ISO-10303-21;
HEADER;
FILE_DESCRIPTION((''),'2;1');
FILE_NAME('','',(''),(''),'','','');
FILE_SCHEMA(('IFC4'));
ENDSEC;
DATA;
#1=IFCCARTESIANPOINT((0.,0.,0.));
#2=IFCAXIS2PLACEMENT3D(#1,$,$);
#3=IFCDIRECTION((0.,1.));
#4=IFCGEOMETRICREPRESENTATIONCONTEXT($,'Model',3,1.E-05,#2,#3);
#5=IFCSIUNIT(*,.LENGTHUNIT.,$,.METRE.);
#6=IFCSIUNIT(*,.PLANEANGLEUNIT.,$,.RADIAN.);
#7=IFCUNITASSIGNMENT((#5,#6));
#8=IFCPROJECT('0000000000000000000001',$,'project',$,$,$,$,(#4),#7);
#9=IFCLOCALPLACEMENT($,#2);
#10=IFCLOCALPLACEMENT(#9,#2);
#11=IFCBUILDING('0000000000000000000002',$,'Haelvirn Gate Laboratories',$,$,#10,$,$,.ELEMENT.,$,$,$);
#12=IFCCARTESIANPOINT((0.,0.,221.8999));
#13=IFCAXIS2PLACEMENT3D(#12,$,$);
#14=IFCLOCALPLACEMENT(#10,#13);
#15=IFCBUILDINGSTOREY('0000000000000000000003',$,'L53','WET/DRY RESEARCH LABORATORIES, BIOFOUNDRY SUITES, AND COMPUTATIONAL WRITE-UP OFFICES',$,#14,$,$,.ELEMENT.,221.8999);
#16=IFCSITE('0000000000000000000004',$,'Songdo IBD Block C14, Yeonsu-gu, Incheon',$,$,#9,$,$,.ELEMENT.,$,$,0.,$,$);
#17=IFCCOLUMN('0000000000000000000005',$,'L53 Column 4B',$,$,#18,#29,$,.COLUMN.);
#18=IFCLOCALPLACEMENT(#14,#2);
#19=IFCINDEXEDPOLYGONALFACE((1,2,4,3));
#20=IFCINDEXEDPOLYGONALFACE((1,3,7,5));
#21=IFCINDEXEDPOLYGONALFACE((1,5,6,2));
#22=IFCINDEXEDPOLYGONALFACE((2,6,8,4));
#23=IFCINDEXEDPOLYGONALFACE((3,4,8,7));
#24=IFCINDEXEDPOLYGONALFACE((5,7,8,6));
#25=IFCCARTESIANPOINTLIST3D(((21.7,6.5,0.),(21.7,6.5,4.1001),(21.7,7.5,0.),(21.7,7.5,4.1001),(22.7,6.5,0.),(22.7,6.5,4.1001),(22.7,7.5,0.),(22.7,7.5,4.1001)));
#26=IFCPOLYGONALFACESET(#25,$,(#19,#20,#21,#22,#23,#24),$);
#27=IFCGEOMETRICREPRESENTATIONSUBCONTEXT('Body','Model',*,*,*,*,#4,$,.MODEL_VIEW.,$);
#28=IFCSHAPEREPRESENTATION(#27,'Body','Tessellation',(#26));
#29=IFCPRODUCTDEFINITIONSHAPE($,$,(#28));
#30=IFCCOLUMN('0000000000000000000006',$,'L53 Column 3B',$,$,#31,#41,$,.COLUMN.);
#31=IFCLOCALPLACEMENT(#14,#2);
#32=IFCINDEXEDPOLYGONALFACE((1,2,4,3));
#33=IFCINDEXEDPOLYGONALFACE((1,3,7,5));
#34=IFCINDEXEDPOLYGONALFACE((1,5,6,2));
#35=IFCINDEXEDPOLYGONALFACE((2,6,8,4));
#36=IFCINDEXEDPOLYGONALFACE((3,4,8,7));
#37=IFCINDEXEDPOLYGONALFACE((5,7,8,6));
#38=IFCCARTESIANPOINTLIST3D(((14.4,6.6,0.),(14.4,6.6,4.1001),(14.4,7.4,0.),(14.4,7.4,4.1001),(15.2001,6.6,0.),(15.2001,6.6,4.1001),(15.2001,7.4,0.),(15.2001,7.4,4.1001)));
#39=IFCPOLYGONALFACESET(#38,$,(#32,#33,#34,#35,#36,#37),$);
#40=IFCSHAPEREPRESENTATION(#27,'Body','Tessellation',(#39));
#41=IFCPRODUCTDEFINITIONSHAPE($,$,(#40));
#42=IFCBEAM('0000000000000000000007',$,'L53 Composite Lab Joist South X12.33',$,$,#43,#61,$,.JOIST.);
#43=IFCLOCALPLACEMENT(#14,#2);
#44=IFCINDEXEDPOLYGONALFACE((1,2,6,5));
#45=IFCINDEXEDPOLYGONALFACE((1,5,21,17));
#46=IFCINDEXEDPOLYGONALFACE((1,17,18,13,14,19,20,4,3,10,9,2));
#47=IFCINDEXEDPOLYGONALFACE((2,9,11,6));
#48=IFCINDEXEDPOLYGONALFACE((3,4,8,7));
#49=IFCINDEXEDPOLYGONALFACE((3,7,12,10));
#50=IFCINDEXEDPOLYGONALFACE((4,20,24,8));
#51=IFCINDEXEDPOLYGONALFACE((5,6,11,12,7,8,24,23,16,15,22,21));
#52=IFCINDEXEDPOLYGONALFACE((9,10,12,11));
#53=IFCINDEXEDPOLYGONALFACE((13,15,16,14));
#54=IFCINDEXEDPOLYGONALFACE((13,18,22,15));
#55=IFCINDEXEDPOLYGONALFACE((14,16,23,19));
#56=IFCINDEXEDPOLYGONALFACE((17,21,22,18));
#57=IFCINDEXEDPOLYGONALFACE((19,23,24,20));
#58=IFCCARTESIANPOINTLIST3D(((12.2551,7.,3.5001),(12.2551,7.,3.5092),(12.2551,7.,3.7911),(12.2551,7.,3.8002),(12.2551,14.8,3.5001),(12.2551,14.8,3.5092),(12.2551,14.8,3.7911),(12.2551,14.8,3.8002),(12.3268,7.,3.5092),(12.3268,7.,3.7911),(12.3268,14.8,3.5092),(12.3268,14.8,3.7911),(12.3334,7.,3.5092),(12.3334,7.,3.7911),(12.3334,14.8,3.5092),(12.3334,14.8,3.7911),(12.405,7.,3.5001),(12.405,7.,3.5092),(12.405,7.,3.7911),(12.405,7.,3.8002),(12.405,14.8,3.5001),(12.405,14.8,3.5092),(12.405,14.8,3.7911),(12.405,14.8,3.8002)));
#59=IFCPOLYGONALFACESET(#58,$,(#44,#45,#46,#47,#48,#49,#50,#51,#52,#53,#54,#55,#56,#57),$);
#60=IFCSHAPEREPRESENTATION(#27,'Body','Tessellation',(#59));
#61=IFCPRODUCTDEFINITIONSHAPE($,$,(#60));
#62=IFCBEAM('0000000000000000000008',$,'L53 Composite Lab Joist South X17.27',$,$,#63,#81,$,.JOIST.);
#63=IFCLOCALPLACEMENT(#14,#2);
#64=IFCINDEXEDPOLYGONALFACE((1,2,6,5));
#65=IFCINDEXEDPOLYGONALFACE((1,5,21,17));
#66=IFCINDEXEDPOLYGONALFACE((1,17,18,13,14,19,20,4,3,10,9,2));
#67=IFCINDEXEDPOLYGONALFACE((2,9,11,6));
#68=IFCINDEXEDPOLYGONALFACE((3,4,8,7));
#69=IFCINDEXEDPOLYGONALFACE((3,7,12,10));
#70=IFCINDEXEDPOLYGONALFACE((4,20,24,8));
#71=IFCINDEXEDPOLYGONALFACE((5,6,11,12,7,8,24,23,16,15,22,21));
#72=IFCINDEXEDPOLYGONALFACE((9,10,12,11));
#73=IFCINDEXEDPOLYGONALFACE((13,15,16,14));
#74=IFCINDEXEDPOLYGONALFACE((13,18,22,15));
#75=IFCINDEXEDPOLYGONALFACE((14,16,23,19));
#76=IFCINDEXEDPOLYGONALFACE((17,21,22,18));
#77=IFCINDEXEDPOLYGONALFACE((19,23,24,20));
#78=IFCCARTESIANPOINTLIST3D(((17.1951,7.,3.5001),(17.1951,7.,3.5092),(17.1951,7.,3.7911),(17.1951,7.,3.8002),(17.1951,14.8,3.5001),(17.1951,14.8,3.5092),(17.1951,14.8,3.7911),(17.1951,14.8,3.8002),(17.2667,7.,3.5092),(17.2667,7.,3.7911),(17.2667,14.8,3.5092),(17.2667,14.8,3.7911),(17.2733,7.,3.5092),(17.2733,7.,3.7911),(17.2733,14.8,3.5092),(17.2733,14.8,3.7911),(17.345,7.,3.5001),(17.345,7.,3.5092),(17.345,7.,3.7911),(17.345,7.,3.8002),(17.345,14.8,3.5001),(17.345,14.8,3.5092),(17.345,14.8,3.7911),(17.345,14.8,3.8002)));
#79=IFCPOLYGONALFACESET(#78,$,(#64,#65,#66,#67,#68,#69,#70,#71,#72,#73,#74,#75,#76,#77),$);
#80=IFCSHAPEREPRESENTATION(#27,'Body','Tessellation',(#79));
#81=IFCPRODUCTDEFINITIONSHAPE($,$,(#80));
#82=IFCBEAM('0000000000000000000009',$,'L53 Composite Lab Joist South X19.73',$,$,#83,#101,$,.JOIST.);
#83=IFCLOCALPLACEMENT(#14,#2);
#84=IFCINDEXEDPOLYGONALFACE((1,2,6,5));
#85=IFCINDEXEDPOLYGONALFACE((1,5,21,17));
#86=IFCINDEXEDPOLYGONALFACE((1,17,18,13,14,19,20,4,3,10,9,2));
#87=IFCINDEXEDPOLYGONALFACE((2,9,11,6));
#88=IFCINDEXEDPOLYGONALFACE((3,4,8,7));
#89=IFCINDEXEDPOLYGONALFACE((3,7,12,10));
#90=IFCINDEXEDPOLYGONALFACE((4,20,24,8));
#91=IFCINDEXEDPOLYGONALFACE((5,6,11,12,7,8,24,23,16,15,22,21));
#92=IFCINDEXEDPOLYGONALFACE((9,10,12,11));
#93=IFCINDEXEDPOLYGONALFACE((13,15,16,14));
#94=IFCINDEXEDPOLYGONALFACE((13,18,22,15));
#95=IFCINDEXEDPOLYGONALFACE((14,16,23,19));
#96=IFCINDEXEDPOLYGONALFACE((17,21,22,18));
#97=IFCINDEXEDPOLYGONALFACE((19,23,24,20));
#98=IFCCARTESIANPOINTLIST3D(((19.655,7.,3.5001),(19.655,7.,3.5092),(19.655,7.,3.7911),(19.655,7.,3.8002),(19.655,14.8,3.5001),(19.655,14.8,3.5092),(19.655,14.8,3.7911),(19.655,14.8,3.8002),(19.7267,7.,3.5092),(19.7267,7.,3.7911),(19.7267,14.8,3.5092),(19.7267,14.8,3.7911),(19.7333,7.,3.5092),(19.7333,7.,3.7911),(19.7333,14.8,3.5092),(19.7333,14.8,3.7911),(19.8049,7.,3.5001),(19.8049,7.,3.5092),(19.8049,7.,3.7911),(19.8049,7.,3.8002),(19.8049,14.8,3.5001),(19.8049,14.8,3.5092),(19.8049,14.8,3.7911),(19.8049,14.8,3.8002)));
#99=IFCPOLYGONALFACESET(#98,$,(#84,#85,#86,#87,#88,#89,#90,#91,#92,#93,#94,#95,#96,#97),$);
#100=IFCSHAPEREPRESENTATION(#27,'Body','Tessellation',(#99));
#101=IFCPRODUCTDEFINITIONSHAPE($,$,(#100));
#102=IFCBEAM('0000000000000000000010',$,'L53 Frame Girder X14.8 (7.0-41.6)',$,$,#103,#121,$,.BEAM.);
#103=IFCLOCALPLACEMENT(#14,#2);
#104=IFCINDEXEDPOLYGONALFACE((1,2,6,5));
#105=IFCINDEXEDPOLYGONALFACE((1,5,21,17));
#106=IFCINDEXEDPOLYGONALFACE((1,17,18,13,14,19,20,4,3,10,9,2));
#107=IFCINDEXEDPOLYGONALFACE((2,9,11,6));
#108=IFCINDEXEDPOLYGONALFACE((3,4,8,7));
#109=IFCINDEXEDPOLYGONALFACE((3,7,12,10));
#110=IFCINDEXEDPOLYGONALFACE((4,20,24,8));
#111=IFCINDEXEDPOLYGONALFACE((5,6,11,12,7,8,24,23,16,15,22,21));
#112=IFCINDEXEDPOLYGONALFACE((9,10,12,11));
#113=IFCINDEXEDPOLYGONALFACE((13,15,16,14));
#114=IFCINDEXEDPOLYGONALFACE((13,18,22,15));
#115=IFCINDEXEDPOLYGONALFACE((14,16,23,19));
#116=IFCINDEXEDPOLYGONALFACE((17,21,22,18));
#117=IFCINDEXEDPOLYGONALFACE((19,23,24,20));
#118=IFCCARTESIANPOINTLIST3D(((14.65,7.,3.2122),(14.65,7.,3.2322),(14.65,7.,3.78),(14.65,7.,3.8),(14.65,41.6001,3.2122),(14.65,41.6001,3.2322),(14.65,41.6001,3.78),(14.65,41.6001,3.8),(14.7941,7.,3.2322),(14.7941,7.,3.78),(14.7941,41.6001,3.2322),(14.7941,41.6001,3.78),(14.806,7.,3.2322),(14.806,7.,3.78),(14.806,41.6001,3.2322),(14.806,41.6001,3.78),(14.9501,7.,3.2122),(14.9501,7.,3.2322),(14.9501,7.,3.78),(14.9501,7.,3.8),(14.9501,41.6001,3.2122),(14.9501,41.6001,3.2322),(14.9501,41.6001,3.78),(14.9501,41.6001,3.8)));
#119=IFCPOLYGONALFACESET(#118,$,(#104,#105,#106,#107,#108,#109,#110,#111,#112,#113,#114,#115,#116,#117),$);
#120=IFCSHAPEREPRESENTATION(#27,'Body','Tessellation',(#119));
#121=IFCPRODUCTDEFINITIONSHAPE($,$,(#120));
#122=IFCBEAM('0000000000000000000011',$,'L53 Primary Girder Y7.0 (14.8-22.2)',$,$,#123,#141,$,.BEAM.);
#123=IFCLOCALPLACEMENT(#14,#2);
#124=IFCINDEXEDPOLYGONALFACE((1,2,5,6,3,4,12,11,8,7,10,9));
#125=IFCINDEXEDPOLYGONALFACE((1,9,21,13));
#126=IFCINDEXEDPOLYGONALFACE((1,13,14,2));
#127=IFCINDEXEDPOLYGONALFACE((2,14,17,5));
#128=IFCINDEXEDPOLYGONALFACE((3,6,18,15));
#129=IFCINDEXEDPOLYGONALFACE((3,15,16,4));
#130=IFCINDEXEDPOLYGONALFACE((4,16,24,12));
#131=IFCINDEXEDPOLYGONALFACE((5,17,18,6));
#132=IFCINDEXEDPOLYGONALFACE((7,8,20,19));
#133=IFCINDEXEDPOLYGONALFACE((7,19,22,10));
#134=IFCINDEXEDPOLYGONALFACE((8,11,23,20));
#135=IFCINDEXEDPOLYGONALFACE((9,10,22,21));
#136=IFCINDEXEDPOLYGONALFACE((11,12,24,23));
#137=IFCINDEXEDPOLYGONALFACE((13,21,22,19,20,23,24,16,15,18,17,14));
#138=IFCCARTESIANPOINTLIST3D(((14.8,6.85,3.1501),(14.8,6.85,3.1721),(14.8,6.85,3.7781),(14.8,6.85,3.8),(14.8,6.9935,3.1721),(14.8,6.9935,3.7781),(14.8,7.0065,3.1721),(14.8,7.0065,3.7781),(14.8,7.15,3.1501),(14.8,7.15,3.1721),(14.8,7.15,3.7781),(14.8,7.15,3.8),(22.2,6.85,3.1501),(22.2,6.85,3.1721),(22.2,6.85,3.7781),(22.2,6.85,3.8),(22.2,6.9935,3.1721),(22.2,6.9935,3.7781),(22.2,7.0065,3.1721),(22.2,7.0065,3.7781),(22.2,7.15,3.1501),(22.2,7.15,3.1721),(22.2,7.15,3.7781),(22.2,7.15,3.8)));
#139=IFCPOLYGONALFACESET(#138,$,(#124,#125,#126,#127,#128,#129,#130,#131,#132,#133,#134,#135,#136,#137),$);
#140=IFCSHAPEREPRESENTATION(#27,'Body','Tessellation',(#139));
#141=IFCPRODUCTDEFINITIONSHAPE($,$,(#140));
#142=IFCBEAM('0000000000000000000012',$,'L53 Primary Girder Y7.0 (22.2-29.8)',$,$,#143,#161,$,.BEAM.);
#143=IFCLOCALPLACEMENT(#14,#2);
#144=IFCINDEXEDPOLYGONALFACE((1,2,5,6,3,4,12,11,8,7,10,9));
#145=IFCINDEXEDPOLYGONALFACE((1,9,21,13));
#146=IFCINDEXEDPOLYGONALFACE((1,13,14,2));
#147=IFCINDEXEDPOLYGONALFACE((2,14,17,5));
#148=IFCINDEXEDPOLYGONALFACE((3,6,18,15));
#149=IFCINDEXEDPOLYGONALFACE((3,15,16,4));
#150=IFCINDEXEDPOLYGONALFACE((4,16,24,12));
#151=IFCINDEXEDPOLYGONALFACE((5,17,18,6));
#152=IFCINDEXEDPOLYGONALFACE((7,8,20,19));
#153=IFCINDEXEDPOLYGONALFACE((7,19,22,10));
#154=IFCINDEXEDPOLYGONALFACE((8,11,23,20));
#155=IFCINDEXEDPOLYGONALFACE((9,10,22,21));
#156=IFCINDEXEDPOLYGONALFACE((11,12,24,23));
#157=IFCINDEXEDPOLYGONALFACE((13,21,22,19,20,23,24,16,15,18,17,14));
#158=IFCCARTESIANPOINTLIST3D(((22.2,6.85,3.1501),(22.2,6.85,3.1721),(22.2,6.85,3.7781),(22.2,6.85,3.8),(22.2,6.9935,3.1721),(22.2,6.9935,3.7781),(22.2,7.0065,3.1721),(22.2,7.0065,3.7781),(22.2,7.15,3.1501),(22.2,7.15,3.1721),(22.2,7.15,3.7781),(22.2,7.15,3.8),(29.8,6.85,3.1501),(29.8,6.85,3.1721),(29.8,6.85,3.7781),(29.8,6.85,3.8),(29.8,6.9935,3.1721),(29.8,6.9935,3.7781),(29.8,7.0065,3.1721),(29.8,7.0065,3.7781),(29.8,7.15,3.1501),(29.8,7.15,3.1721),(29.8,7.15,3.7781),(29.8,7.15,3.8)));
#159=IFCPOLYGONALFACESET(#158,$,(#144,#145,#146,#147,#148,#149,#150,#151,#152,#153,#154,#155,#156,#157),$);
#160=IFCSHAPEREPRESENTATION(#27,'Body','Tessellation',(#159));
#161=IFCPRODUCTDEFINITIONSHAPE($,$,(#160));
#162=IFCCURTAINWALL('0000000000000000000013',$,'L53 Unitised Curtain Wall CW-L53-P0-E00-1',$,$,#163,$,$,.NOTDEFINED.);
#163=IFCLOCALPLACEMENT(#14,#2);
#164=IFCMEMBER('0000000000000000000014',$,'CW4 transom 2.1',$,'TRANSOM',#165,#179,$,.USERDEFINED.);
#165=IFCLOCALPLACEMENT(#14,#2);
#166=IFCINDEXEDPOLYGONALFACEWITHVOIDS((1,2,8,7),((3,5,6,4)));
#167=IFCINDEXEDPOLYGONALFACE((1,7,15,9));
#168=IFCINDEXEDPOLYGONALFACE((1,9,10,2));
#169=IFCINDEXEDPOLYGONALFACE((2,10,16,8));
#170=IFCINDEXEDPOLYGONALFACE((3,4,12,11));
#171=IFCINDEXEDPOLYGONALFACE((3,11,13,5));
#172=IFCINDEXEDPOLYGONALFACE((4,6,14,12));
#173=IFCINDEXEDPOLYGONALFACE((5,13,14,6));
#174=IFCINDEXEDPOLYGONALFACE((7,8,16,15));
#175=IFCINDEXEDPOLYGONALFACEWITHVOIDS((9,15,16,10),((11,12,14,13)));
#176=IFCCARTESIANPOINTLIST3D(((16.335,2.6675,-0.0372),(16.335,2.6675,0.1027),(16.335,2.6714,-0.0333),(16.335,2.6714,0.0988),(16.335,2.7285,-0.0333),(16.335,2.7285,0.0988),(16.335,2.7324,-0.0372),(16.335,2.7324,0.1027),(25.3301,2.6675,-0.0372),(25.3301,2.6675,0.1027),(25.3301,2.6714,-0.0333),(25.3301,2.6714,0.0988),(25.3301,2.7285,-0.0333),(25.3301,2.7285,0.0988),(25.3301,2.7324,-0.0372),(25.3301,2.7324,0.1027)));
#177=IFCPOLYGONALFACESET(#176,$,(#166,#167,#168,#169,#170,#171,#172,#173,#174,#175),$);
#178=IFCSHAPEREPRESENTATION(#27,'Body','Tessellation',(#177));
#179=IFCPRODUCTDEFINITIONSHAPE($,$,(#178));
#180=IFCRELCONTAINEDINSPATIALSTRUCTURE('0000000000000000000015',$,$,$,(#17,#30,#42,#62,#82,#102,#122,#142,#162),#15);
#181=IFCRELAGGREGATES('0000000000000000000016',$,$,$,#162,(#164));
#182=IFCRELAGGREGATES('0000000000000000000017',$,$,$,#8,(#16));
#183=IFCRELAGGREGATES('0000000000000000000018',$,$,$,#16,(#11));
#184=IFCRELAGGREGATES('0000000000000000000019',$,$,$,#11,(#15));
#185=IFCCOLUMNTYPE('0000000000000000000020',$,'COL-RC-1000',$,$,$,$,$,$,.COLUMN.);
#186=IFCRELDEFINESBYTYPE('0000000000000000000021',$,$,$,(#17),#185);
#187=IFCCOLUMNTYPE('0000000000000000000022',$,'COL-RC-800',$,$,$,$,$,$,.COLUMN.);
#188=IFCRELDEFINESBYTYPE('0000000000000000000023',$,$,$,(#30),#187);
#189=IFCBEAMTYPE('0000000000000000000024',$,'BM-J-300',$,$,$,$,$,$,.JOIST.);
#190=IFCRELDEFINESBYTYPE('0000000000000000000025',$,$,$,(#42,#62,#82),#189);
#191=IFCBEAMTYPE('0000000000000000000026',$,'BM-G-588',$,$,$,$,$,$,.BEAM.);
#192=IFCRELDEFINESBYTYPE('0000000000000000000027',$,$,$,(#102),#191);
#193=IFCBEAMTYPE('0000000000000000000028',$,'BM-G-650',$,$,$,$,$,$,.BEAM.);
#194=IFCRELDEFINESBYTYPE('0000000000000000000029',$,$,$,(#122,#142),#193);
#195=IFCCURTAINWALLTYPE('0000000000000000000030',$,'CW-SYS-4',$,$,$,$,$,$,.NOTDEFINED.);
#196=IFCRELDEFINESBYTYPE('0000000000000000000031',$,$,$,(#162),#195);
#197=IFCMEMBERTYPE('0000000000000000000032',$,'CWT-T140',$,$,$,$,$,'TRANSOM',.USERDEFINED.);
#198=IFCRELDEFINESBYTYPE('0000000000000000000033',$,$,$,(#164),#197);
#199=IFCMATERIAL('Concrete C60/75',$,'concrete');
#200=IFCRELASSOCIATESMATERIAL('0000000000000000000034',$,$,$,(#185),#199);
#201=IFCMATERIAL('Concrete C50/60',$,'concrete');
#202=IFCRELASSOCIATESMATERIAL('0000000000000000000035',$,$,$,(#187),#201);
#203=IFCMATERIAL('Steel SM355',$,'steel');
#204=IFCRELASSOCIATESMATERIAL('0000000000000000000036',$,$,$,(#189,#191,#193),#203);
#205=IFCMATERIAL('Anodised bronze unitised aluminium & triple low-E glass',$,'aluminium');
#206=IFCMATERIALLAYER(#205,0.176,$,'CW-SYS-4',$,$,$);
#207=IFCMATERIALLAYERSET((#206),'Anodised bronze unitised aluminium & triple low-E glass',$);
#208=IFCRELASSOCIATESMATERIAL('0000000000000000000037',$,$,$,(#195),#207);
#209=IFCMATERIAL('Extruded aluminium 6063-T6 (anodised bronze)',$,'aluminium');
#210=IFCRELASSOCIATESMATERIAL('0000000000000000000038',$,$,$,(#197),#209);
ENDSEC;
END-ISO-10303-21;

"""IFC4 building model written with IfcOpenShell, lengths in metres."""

from ifc_helpers import new_model, si_unit, direction, frame, origin, origin_2d, place, context, subcontext, project, spatial, rectangle, hollow_rectangle, i_section, extrude, source, transform, mapped, material, layer, layer_set, material_profile, profile_set, type_object, type_shapes, element, aggregate, save


model = new_model("IFC4")

# Units and contexts
model_context = context("Model", 3, precision=1e-05, world=origin(), true_north=direction((0.0, 1.0)))
body_context = subcontext(model_context, "Body", "Model", "MODEL_VIEW")
ifc_project = project(units=[si_unit("LENGTHUNIT", "METRE"), si_unit("PLANEANGLEUNIT", "RADIAN")], contexts=[model_context])

# Site, building, storey
site_placement = place(None, origin())
site = spatial("IfcSite", under=ifc_project, at=site_placement, Name="Songdo IBD Block C14, Yeonsu-gu, Incheon", CompositionType="ELEMENT", RefElevation=0.0)
building_placement = place(site_placement, origin())
building = spatial("IfcBuilding", under=site, at=building_placement, Name="Haelvirn Gate Laboratories", CompositionType="ELEMENT")
storey_placement = place(building_placement, frame((0.0, 0.0, 221.8999)))
storey = spatial("IfcBuildingStorey", under=building, at=storey_placement, Name="L53", Description="WET/DRY RESEARCH LABORATORIES, BIOFOUNDRY SUITES, AND COMPUTATIONAL WRITE-UP OFFICES", CompositionType="ELEMENT", Elevation=221.8999)

# Columns
ifc_material_1 = material(Name="Concrete C60/75", Category="concrete")
ifc_material_profile_1 = material_profile(ifc_material_1, rectangle(XDim=1.0, YDim=1.0, at=origin_2d()), Name="RC-1000x1000")
ifc_profile_set_1 = profile_set([ifc_material_profile_1], Name="Concrete C60/75")
column_type_1 = type_object("IfcColumnType", Name="COL-RC-1000", PredefinedType="COLUMN", material=ifc_profile_set_1)
shared_shape_1 = source(origin(), body_context, "Body", "SweptSolid", [
    extrude(rectangle(XDim=1.0, YDim=1.0, at=origin_2d()), origin(), (0.0, 0.0, 1.0), 4.1001),
])
type_shapes(column_type_1, [shared_shape_1])
column_1_placement = place(storey_placement, frame((22.2, 7.0, 0.0), z_axis=(0.0, 0.0, 1.0), x_axis=(1.0, 0.0, 0.0)))
element("IfcColumn", 1, at=column_1_placement, inside=storey, type_object=column_type_1, Name="L53 Column 4B", PredefinedType="COLUMN", context=body_context, shape_type="MappedRepresentation", body=[
    mapped(shared_shape_1, transform((0.0, 0.0, 0.0), scale=1.0)),
])
ifc_material_2 = material(Name="Concrete C50/60", Category="concrete")
ifc_material_profile_2 = material_profile(ifc_material_2, rectangle(XDim=0.8, YDim=0.8, at=origin_2d()), Name="RC-800x800")
ifc_profile_set_2 = profile_set([ifc_material_profile_2], Name="Concrete C50/60")
column_type_2 = type_object("IfcColumnType", Name="COL-RC-800", PredefinedType="COLUMN", material=ifc_profile_set_2)
shared_shape_2 = source(origin(), body_context, "Body", "SweptSolid", [
    extrude(rectangle(XDim=0.8, YDim=0.8, at=origin_2d()), origin(), (0.0, 0.0, 1.0), 4.1001),
])
type_shapes(column_type_2, [shared_shape_2])
column_2_placement = place(storey_placement, frame((14.8, 7.0, 0.0), z_axis=(0.0, 0.0, 1.0), x_axis=(1.0, 0.0, 0.0)))
element("IfcColumn", 2, at=column_2_placement, inside=storey, type_object=column_type_2, Name="L53 Column 3B", PredefinedType="COLUMN", context=body_context, shape_type="MappedRepresentation", body=[
    mapped(shared_shape_2, transform((0.0, 0.0, 0.0), scale=1.0)),
])

# Beams
ifc_material_3 = material(Name="Steel SM355", Category="steel")
ifc_material_profile_3 = material_profile(ifc_material_3, i_section(OverallWidth=0.1499, OverallDepth=0.3, WebThickness=0.0066, FlangeThickness=0.009, at=origin_2d()), Name="H-300x150x6.5x9")
ifc_profile_set_3 = profile_set([ifc_material_profile_3], Name="Steel SM355")
beam_type_1 = type_object("IfcBeamType", Name="BM-J-300", PredefinedType="JOIST", material=ifc_profile_set_3)
shared_shape_3 = source(origin(), body_context, "Body", "SweptSolid", [
    extrude(i_section(OverallWidth=0.1499, OverallDepth=0.3, WebThickness=0.0066, FlangeThickness=0.009, at=origin_2d()), origin(), (0.0, 0.0, 1.0), 7.8),
])
type_shapes(beam_type_1, [shared_shape_3])
for number, where, z_axis, x_axis, name in (
    (3, (12.3301, 7.0, 3.6501), (0.0, 1.0, 0.0), (-1.0, 0.0, 0.0), "L53 Composite Lab Joist South X12.33"),
    (4, (17.27, 7.0, 3.6501), (0.0, 1.0, 0.0), (-1.0, 0.0, 0.0), "L53 Composite Lab Joist South X17.27"),
    (5, (19.73, 7.0, 3.6501), (0.0, 1.0, 0.0), (-1.0, 0.0, 0.0), "L53 Composite Lab Joist South X19.73"),
):
    element("IfcBeam", number, at=place(storey_placement, frame(where, z_axis=z_axis, x_axis=x_axis)), inside=storey, type_object=beam_type_1, Name=name, PredefinedType="JOIST", context=body_context, shape_type="MappedRepresentation", body=[
        mapped(shared_shape_3, transform((0.0, 0.0, 0.0), scale=1.0)),
    ])
ifc_material_profile_4 = material_profile(ifc_material_3, i_section(OverallWidth=0.3, OverallDepth=0.5879, WebThickness=0.012, FlangeThickness=0.02, at=origin_2d()), Name="H-588x300x12x20")
ifc_profile_set_4 = profile_set([ifc_material_profile_4], Name="Steel SM355")
beam_type_2 = type_object("IfcBeamType", Name="BM-G-588", PredefinedType="BEAM", material=ifc_profile_set_4)
shared_shape_4 = source(origin(), body_context, "Body", "SweptSolid", [
    extrude(i_section(OverallWidth=0.3, OverallDepth=0.5879, WebThickness=0.012, FlangeThickness=0.02, at=origin_2d()), origin(), (0.0, 0.0, 1.0), 34.6001),
])
type_shapes(beam_type_2, [shared_shape_4])
beam_1_placement = place(storey_placement, frame((14.8, 7.0, 3.5061), z_axis=(0.0, 1.0, 0.0), x_axis=(-1.0, 0.0, 0.0)))
element("IfcBeam", 6, at=beam_1_placement, inside=storey, type_object=beam_type_2, Name="L53 Frame Girder X14.8 (7.0-41.6)", PredefinedType="BEAM", context=body_context, shape_type="MappedRepresentation", body=[
    mapped(shared_shape_4, transform((0.0, 0.0, 0.0), scale=1.0)),
])
ifc_material_profile_5 = material_profile(ifc_material_3, i_section(OverallWidth=0.3, OverallDepth=0.6499, WebThickness=0.0129, FlangeThickness=0.022, at=origin_2d()), Name="H-650x300x13x22")
ifc_profile_set_5 = profile_set([ifc_material_profile_5], Name="Steel SM355")
beam_type_3 = type_object("IfcBeamType", Name="BM-G-650", PredefinedType="BEAM", material=ifc_profile_set_5)
shared_shape_5 = source(origin(), body_context, "Body", "SweptSolid", [
    extrude(i_section(OverallWidth=0.3, OverallDepth=0.6499, WebThickness=0.0129, FlangeThickness=0.022, at=origin_2d()), origin(), (0.0, 0.0, 1.0), 7.3999),
])
beam_2_placement = place(storey_placement, frame((14.8, 7.0, 3.4751), z_axis=(1.0, 0.0, 0.0), x_axis=(0.0, 1.0, 0.0)))
element("IfcBeam", 7, at=beam_2_placement, inside=storey, type_object=beam_type_3, Name="L53 Primary Girder Y7.0 (14.8-22.2)", PredefinedType="BEAM", context=body_context, shape_type="MappedRepresentation", body=[
    mapped(shared_shape_5, transform((0.0, 0.0, 0.0), scale=1.0)),
])
shared_shape_6 = source(origin(), body_context, "Body", "SweptSolid", [
    extrude(i_section(OverallWidth=0.3, OverallDepth=0.6499, WebThickness=0.0129, FlangeThickness=0.022, at=origin_2d()), origin(), (0.0, 0.0, 1.0), 7.6001),
])
type_shapes(beam_type_3, [shared_shape_5, shared_shape_6])
beam_3_placement = place(storey_placement, frame((22.2, 7.0, 3.4751), z_axis=(1.0, 0.0, 0.0), x_axis=(0.0, 1.0, 0.0)))
element("IfcBeam", 8, at=beam_3_placement, inside=storey, type_object=beam_type_3, Name="L53 Primary Girder Y7.0 (22.2-29.8)", PredefinedType="BEAM", context=body_context, shape_type="MappedRepresentation", body=[
    mapped(shared_shape_6, transform((0.0, 0.0, 0.0), scale=1.0)),
])

# Curtain wall, member
ifc_material_4 = material(Name="Anodised bronze unitised aluminium & triple low-E glass", Category="aluminium")
ifc_layer_1 = layer(ifc_material_4, 0.176, Name="CW-SYS-4")
ifc_layer_set_1 = layer_set([ifc_layer_1], Name="Anodised bronze unitised aluminium & triple low-E glass")
curtain_wall_type = type_object("IfcCurtainWallType", Name="CW-SYS-4", PredefinedType="NOTDEFINED", material=ifc_layer_set_1)
curtain_wall_placement = place(storey_placement, origin())
curtain_wall = element("IfcCurtainWall", 9, at=curtain_wall_placement, inside=storey, type_object=curtain_wall_type, Name="L53 Unitised Curtain Wall CW-L53-P0-E00-1", PredefinedType="NOTDEFINED")
ifc_material_5 = material(Name="Extruded aluminium 6063-T6 (anodised bronze)", Category="aluminium")
ifc_material_profile_6 = material_profile(ifc_material_5, hollow_rectangle(XDim=0.0649, YDim=0.1399, WallThickness=0.0039, at=origin_2d()), Name="CWT-140x65x4")
ifc_profile_set_6 = profile_set([ifc_material_profile_6], Name="Extruded aluminium 6063-T6 (anodised bronze)")
member_type_1 = type_object("IfcMemberType", Name="CWT-T140", ElementType="TRANSOM", PredefinedType="USERDEFINED", material=ifc_profile_set_6)
shared_shape_7 = source(origin(), body_context, "Body", "SweptSolid", [
    extrude(hollow_rectangle(XDim=0.0649, YDim=0.1399, WallThickness=0.0039, at=origin_2d()), origin(), (0.0, 0.0, 1.0), 8.9951),
])
type_shapes(member_type_1, [shared_shape_7])
member_1_placement = place(storey_placement, frame((16.335, 2.7, 0.0327), z_axis=(1.0, 0.0, 0.0), x_axis=(0.0, 1.0, 0.0)))
member_1 = element("IfcMember", 10, at=member_1_placement, type_object=member_type_1, Name="CW4 transom 2.1", ObjectType="TRANSOM", PredefinedType="USERDEFINED", context=body_context, shape_type="MappedRepresentation", body=[
    mapped(shared_shape_7, transform((0.0, 0.0, 0.0), scale=1.0)),
])
aggregate(curtain_wall, [member_1])

save(model, "model.ifc")
